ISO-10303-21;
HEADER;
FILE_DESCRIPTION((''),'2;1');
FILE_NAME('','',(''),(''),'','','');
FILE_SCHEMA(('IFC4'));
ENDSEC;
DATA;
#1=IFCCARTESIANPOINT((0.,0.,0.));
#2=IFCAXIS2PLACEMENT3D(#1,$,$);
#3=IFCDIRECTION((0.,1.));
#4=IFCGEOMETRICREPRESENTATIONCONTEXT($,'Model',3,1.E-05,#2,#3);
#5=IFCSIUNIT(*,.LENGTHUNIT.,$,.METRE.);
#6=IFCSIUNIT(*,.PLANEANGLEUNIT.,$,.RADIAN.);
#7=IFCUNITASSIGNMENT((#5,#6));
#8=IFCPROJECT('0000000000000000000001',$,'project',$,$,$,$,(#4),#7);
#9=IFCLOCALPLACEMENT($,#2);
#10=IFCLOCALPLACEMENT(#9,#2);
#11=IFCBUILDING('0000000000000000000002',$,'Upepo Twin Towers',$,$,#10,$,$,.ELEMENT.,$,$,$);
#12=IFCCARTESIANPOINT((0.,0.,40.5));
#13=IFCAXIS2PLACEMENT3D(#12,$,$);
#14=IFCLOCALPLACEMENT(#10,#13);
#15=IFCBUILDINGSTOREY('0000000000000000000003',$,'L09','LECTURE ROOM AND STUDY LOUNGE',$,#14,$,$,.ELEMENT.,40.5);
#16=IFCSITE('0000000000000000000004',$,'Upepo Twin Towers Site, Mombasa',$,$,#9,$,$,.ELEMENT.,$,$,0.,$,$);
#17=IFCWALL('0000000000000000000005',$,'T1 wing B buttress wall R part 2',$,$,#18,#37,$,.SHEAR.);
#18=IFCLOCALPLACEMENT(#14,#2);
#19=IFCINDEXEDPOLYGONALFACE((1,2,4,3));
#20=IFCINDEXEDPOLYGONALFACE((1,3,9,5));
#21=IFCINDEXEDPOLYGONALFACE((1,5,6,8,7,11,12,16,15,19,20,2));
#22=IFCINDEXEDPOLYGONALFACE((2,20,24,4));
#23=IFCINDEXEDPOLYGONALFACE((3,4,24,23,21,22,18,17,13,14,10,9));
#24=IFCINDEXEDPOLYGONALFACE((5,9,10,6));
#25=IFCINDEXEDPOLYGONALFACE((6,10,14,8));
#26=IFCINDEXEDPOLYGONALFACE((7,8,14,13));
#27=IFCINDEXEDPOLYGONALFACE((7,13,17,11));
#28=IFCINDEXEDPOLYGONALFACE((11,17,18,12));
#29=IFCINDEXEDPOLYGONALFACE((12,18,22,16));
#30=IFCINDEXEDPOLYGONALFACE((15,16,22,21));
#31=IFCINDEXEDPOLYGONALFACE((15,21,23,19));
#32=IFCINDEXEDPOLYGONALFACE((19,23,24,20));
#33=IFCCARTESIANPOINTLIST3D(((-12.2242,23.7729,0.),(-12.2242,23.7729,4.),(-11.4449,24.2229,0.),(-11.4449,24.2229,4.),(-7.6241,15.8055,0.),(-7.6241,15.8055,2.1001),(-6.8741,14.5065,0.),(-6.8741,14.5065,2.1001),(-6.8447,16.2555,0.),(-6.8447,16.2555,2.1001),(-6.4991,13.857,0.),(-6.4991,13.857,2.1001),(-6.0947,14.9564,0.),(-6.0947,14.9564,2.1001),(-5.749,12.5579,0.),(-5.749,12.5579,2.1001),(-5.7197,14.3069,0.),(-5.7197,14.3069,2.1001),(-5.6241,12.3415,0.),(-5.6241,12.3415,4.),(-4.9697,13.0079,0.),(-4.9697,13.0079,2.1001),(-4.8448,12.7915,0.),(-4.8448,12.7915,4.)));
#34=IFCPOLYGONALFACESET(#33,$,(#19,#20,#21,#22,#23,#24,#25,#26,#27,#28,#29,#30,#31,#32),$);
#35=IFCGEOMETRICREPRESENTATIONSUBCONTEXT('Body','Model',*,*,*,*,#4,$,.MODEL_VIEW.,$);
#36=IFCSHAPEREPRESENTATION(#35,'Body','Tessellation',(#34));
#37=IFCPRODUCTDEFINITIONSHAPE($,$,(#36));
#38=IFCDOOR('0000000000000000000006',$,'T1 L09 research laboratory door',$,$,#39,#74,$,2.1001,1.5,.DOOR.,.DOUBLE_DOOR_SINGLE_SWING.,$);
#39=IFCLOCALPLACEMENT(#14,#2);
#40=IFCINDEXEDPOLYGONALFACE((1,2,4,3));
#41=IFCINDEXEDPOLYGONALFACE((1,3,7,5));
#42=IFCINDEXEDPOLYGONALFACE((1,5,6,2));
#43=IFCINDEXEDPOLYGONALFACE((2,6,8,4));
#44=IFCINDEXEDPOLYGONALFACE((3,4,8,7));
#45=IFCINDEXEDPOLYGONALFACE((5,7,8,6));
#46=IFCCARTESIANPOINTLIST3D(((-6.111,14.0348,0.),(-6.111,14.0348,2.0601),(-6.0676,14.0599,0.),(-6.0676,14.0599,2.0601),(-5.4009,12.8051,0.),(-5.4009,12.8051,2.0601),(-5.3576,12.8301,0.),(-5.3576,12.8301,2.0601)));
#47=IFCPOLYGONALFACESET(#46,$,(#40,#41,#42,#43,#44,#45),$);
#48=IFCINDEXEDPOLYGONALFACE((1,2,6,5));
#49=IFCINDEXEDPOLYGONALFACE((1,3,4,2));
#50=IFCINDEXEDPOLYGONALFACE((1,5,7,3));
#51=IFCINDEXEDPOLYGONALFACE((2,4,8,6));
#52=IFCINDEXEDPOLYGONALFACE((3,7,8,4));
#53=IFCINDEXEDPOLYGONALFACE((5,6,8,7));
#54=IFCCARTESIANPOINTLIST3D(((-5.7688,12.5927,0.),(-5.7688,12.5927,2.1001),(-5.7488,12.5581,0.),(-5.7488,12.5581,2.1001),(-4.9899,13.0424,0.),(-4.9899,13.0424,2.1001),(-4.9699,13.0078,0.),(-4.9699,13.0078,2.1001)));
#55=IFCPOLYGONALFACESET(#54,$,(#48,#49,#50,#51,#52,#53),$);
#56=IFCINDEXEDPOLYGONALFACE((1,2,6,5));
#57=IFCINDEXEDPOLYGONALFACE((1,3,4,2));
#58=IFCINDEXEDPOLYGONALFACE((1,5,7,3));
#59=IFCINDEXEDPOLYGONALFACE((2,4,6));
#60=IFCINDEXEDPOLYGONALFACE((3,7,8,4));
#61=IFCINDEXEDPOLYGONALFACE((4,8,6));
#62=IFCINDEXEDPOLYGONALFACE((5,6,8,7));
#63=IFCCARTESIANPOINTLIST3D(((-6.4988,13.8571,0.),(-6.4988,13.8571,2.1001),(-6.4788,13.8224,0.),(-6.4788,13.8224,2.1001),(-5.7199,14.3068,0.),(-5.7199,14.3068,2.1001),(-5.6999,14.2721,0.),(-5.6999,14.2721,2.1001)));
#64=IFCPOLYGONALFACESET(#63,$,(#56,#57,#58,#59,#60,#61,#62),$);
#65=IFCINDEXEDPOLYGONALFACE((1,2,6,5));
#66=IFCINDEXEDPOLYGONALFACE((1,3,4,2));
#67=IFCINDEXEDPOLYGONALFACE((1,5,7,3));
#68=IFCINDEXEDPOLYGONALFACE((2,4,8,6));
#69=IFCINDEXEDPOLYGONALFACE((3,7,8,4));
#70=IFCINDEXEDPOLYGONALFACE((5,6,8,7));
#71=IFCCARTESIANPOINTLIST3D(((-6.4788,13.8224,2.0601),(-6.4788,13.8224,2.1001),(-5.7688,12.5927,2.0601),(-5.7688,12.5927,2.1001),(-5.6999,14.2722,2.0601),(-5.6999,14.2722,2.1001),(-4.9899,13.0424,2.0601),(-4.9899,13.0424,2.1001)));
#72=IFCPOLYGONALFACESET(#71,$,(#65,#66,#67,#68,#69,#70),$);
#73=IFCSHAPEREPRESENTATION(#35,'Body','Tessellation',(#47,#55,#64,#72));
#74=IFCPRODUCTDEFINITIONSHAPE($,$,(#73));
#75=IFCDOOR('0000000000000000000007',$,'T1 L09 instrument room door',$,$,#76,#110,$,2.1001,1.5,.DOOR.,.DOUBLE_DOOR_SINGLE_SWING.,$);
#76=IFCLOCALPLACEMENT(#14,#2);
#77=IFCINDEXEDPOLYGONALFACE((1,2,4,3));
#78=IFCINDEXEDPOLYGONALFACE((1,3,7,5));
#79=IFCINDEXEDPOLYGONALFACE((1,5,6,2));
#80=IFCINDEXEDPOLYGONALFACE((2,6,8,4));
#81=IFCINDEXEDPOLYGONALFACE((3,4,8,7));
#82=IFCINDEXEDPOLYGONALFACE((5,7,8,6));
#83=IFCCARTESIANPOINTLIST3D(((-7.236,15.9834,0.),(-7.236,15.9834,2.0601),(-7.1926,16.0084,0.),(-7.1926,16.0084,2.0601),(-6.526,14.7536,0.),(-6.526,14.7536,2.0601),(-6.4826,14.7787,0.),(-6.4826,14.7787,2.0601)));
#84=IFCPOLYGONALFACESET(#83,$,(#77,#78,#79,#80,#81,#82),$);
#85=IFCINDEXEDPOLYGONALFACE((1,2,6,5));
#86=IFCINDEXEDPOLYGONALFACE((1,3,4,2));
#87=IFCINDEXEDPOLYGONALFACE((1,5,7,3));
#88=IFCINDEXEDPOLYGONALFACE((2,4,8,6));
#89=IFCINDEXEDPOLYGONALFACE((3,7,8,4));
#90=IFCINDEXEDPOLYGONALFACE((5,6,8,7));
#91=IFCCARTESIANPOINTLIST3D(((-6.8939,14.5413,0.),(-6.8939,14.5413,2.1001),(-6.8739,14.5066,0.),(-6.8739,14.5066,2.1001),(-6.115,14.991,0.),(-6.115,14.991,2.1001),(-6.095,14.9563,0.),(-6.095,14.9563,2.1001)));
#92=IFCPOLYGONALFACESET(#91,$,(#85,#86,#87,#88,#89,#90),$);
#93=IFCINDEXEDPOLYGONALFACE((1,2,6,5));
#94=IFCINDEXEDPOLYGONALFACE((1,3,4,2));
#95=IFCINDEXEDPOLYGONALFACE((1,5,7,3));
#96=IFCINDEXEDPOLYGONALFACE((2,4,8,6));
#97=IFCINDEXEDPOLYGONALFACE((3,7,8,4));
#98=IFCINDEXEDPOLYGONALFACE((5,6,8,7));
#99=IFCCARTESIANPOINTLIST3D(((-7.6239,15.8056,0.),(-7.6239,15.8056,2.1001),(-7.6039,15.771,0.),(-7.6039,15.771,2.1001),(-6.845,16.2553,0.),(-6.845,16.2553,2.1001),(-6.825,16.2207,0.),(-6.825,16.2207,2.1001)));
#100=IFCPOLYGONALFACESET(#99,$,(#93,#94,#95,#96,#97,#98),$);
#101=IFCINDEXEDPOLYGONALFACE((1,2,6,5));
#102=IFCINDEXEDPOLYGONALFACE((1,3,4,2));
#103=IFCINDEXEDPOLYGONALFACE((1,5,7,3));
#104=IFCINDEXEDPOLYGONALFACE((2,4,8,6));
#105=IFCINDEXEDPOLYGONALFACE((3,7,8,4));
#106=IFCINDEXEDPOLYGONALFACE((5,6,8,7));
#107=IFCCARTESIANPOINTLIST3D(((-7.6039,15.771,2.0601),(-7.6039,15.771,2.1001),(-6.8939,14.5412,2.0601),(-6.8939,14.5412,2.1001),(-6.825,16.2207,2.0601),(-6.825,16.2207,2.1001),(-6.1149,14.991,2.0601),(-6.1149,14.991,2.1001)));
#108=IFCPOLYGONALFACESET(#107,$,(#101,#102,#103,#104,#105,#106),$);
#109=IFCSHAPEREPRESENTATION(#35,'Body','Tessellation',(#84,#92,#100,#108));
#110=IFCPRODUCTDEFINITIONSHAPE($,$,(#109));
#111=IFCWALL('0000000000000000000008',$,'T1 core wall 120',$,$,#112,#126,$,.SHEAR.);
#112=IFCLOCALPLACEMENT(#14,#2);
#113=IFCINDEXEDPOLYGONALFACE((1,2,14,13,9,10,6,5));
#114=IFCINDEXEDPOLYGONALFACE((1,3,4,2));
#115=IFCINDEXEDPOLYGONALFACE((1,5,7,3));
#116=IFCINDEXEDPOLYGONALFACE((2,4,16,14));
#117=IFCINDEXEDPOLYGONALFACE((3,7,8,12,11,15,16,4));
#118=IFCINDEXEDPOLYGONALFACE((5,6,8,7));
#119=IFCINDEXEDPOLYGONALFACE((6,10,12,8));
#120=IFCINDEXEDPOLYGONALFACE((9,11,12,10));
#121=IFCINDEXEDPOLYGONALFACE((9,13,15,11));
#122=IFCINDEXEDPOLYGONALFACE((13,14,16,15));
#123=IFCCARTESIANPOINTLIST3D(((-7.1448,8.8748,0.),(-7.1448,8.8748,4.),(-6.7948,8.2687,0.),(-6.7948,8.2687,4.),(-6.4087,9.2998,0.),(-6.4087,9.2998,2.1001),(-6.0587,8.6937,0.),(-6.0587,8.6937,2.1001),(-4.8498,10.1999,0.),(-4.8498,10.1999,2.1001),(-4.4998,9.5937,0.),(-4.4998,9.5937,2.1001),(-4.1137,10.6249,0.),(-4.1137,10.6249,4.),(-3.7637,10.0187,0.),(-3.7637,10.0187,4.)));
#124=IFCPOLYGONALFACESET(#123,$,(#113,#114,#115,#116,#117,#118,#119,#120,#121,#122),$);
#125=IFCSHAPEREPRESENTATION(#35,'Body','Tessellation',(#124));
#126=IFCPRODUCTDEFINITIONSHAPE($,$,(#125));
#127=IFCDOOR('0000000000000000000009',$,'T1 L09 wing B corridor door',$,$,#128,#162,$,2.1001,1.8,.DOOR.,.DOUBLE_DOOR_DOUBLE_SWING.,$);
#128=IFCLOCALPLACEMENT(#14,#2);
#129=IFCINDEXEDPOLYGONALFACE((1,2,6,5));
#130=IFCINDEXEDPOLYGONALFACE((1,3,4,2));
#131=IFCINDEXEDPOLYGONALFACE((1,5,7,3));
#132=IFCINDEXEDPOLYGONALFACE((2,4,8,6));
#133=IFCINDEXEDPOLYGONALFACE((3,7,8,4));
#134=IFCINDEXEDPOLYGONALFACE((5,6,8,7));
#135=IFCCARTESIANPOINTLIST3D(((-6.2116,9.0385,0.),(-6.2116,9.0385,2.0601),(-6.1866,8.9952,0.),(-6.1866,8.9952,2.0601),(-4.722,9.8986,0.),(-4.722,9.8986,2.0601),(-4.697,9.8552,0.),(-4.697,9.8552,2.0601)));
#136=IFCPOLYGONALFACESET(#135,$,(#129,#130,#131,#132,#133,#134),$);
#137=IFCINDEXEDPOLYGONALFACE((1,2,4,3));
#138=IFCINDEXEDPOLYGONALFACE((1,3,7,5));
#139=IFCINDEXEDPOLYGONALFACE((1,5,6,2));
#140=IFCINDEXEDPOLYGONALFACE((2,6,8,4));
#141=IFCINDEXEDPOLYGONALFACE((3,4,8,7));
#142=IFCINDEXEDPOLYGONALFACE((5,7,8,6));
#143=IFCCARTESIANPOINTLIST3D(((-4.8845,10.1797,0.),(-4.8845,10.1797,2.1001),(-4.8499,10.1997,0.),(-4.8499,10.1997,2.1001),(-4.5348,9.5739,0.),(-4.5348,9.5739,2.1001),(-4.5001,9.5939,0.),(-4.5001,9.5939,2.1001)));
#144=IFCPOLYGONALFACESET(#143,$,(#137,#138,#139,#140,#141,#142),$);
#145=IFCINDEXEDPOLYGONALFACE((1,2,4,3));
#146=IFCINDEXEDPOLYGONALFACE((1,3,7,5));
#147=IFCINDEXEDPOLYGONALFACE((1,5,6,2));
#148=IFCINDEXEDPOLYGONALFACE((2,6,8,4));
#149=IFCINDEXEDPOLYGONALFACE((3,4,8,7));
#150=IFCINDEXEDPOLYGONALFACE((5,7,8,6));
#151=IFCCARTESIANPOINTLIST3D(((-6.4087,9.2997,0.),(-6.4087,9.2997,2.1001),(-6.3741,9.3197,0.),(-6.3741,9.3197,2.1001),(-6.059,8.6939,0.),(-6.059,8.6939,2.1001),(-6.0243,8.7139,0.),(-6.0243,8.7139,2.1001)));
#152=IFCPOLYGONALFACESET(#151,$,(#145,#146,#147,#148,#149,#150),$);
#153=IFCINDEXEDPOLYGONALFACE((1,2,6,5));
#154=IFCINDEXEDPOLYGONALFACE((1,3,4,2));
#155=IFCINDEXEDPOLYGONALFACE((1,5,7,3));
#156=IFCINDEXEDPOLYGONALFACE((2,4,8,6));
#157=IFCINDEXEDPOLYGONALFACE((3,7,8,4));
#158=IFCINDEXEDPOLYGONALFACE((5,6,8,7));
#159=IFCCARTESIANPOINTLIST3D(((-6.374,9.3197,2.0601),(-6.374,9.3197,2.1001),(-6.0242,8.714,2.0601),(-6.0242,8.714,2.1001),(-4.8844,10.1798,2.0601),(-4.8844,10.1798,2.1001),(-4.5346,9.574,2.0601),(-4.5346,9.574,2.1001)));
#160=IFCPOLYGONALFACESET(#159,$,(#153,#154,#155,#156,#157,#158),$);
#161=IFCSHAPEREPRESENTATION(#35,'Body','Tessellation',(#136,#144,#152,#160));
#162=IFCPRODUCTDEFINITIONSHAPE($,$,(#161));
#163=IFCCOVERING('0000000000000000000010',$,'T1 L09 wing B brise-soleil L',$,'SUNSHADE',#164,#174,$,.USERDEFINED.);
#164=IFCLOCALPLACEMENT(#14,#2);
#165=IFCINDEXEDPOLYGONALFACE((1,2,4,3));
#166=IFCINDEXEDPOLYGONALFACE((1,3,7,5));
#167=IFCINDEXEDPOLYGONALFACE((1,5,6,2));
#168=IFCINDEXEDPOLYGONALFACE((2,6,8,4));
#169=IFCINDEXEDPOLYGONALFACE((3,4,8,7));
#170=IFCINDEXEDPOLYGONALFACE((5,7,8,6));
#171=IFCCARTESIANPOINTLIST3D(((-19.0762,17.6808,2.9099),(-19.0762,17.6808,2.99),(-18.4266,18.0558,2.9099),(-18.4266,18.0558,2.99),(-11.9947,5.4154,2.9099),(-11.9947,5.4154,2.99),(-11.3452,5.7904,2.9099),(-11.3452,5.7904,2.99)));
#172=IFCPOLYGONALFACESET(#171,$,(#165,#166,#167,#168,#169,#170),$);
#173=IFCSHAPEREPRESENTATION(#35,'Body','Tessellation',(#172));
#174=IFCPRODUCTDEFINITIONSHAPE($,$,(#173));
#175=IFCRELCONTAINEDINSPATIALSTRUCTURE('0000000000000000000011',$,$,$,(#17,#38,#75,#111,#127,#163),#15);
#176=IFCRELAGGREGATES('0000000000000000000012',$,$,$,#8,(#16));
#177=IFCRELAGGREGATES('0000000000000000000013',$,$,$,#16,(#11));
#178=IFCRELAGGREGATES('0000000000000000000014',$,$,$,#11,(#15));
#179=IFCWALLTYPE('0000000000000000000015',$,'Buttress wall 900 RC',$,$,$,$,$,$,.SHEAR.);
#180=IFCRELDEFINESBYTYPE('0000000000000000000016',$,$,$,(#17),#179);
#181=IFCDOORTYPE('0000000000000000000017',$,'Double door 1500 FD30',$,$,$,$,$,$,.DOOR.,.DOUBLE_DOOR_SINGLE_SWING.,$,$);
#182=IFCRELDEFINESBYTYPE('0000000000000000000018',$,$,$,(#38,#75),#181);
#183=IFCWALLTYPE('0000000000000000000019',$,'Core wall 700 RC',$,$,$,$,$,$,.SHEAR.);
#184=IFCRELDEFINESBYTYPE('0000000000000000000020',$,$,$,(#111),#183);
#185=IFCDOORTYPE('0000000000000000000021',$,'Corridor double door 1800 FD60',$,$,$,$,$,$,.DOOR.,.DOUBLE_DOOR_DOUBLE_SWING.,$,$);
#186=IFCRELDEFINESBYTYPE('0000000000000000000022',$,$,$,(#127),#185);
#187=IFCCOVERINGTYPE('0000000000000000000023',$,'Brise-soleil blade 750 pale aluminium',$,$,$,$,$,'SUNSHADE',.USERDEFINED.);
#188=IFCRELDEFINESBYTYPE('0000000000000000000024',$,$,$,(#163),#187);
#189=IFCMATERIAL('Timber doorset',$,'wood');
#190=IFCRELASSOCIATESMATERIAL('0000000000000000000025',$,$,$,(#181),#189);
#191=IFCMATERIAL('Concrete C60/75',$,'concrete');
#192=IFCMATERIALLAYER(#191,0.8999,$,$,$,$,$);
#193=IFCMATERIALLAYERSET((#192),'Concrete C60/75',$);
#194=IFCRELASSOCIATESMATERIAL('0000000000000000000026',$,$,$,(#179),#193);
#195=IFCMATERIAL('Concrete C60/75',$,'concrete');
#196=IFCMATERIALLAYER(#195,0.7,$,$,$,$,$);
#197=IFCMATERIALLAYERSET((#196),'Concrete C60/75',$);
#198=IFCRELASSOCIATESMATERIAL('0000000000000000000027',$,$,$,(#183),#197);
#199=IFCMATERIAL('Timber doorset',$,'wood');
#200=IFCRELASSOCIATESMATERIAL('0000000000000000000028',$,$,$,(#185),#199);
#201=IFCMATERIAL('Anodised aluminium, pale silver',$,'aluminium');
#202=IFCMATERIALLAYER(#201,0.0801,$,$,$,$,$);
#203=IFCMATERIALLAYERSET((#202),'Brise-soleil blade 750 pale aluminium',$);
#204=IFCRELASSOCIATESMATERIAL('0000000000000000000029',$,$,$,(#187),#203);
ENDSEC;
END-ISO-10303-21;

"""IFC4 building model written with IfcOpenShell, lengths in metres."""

from ifc_helpers import new_model, si_unit, direction, frame, frame_2d, origin, origin_2d, place, context, subcontext, project, spatial, rectangle, extrude, material, layer, layer_set, type_object, element, fill, save


model = new_model("IFC4")

# Units and contexts
model_context = context("Model", 3, precision=1e-05, world=origin(), true_north=direction((0.0, 1.0)))
body_context = subcontext(model_context, "Body", "Model", "MODEL_VIEW")
ifc_project = project(units=[si_unit("LENGTHUNIT", "METRE"), si_unit("PLANEANGLEUNIT", "RADIAN")], contexts=[model_context])

# Site, building, storey
site_placement = place(None, origin())
site = spatial("IfcSite", under=ifc_project, at=site_placement, Name="Upepo Twin Towers Site, Mombasa", CompositionType="ELEMENT", RefElevation=0.0)
building_placement = place(site_placement, origin())
building = spatial("IfcBuilding", under=site, at=building_placement, Name="Upepo Twin Towers", CompositionType="ELEMENT")
storey_placement = place(building_placement, frame((0.0, 0.0, 40.5)))
storey = spatial("IfcBuildingStorey", under=building, at=storey_placement, Name="L09", Description="LECTURE ROOM AND STUDY LOUNGE", CompositionType="ELEMENT", Elevation=40.5)

# Shared definitions
ifc_material_1 = material(Name="Timber doorset", Category="wood")
door_type_1 = type_object("IfcDoorType", Name="Double door 1500 FD30", OperationType="DOUBLE_DOOR_SINGLE_SWING", PredefinedType="DOOR", material=ifc_material_1)

# Wall, openings, doors
ifc_material_2 = material(Name="Concrete C60/75", Category="concrete")
ifc_layer_1 = layer(ifc_material_2, 0.8999)
ifc_layer_set_1 = layer_set([ifc_layer_1], Name="Concrete C60/75")
wall_type_1 = type_object("IfcWallType", Name="Buttress wall 900 RC", PredefinedType="SHEAR", material=ifc_layer_set_1)
wall_1_placement = place(storey_placement, frame((-5.2344, 12.5664, 0.0), z_axis=(0.0, 0.0, 1.0), x_axis=(-0.50001, 0.86602, 0.0)))
wall_1 = element("IfcWall", 1, at=wall_1_placement, inside=storey, type_object=wall_type_1, Name="T1 wing B buttress wall R part 2", PredefinedType="SHEAR", context=body_context, shape_type="SweptSolid", body=[
    extrude(rectangle(XDim=13.2, YDim=0.8999, at=frame_2d((6.6001, 0.0))), origin(), (0.0, 0.0, 1.0), 4.0),
])
opening_1_placement = place(wall_1_placement, frame((0.25, 0.0, 0.0)))
opening_1 = element("IfcOpeningElement", 2, at=opening_1_placement, cuts=wall_1, PredefinedType="OPENING", context=body_context, shape_type="SweptSolid", body=[
    extrude(rectangle(XDim=1.5, YDim=2.1001, at=frame_2d((0.75, 1.05))), frame((0.0, 0.46, 0.0), z_axis=(0.0, -1.0, 0.0), x_axis=(1.0, 0.0, 0.0)), (0.0, 0.0, 1.0), 0.9199),
])
opening_2_placement = place(wall_1_placement, frame((2.5, 0.0, 0.0)))
opening_2 = element("IfcOpeningElement", 3, at=opening_2_placement, cuts=wall_1, PredefinedType="OPENING", context=body_context, shape_type="SweptSolid", body=[
    extrude(rectangle(XDim=1.5, YDim=2.1001, at=frame_2d((0.75, 1.05))), frame((0.0, 0.46, 0.0), z_axis=(0.0, -1.0, 0.0), x_axis=(1.0, 0.0, 0.0)), (0.0, 0.0, 1.0), 0.9199),
])
door_1_placement = place(opening_1_placement, origin())
door_1 = element("IfcDoor", 4, at=door_1_placement, inside=storey, type_object=door_type_1, Name="T1 L09 research laboratory door", OperationType="DOUBLE_DOOR_SINGLE_SWING", OverallHeight=2.1001, OverallWidth=1.5, PredefinedType="DOOR", context=body_context, shape_type="SweptSolid", body=[
    extrude(rectangle(XDim=1.42, YDim=2.0601, at=frame_2d((0.75, 1.03))), frame((0.0, 0.0249, 0.0), z_axis=(0.0, -1.0, 0.0), x_axis=(1.0, 0.0, 0.0)), (0.0, 0.0, 1.0), 0.05),
    extrude(rectangle(XDim=0.04, YDim=2.1001, at=frame_2d((0.02, 1.05))), frame((0.0, 0.4497, 0.0), z_axis=(0.0, -1.0, 0.0), x_axis=(1.0, 0.0, 0.0)), (0.0, 0.0, 1.0), 0.8994),
    extrude(rectangle(XDim=0.04, YDim=2.1001, at=frame_2d((1.48, 1.05))), frame((0.0, 0.4497, 0.0), z_axis=(0.0, -1.0, 0.0), x_axis=(1.0, 0.0, 0.0)), (0.0, 0.0, 1.0), 0.8994),
    extrude(rectangle(XDim=1.42, YDim=0.04, at=frame_2d((0.75, 2.0801))), frame((0.0, 0.4497, 0.0), z_axis=(0.0, -1.0, 0.0), x_axis=(1.0, 0.0, 0.0)), (0.0, 0.0, 1.0), 0.8994),
])
fill(opening_1, door_1)
door_2_placement = place(opening_2_placement, origin())
door_2 = element("IfcDoor", 5, at=door_2_placement, inside=storey, type_object=door_type_1, Name="T1 L09 instrument room door", OperationType="DOUBLE_DOOR_SINGLE_SWING", OverallHeight=2.1001, OverallWidth=1.5, PredefinedType="DOOR", context=body_context, shape_type="SweptSolid", body=[
    extrude(rectangle(XDim=1.42, YDim=2.0601, at=frame_2d((0.75, 1.03))), frame((0.0, 0.0249, 0.0), z_axis=(0.0, -1.0, 0.0), x_axis=(1.0, 0.0, 0.0)), (0.0, 0.0, 1.0), 0.05),
    extrude(rectangle(XDim=0.04, YDim=2.1001, at=frame_2d((0.02, 1.05))), frame((0.0, 0.4497, 0.0), z_axis=(0.0, -1.0, 0.0), x_axis=(1.0, 0.0, 0.0)), (0.0, 0.0, 1.0), 0.8994),
    extrude(rectangle(XDim=0.04, YDim=2.1001, at=frame_2d((1.48, 1.05))), frame((0.0, 0.4497, 0.0), z_axis=(0.0, -1.0, 0.0), x_axis=(1.0, 0.0, 0.0)), (0.0, 0.0, 1.0), 0.8994),
    extrude(rectangle(XDim=1.42, YDim=0.04, at=frame_2d((0.75, 2.0801))), frame((0.0, 0.4497, 0.0), z_axis=(0.0, -1.0, 0.0), x_axis=(1.0, 0.0, 0.0)), (0.0, 0.0, 1.0), 0.8994),
])
fill(opening_2, door_2)

# Wall, opening, door
ifc_material_3 = material(Name="Concrete C60/75", Category="concrete")
ifc_layer_2 = layer(ifc_material_3, 0.7)
ifc_layer_set_2 = layer_set([ifc_layer_2], Name="Concrete C60/75")
wall_type_2 = type_object("IfcWallType", Name="Core wall 700 RC", PredefinedType="SHEAR", material=ifc_layer_set_2)
wall_2_placement = place(storey_placement, frame((-3.9387, 10.3218, 0.0), z_axis=(0.0, 0.0, 1.0), x_axis=(-0.866019, -0.50001, 0.0)))
wall_2 = element("IfcWall", 6, at=wall_2_placement, inside=storey, type_object=wall_type_2, Name="T1 core wall 120", PredefinedType="SHEAR", context=body_context, shape_type="SweptSolid", body=[
    extrude(rectangle(XDim=3.5, YDim=0.7, at=frame_2d((1.75, 0.0))), origin(), (0.0, 0.0, 1.0), 4.0),
])
opening_3_placement = place(wall_2_placement, frame((0.8501, 0.0, 0.0)))
opening_3 = element("IfcOpeningElement", 7, at=opening_3_placement, cuts=wall_2, PredefinedType="OPENING", context=body_context, shape_type="SweptSolid", body=[
    extrude(rectangle(XDim=1.8, YDim=2.1001, at=frame_2d((0.8999, 1.05))), frame((0.0, 0.3599, 0.0), z_axis=(0.0, -1.0, 0.0), x_axis=(1.0, 0.0, 0.0)), (0.0, 0.0, 1.0), 0.72),
])
ifc_material_4 = material(Name="Timber doorset", Category="wood")
door_type_2 = type_object("IfcDoorType", Name="Corridor double door 1800 FD60", OperationType="DOUBLE_DOOR_DOUBLE_SWING", PredefinedType="DOOR", material=ifc_material_4)
door_3_placement = place(opening_3_placement, origin())
door_3 = element("IfcDoor", 8, at=door_3_placement, inside=storey, type_object=door_type_2, Name="T1 L09 wing B corridor door", OperationType="DOUBLE_DOOR_DOUBLE_SWING", OverallHeight=2.1001, OverallWidth=1.8, PredefinedType="DOOR", context=body_context, shape_type="SweptSolid", body=[
    extrude(rectangle(XDim=1.72, YDim=2.0601, at=frame_2d((0.8999, 1.03))), frame((0.0, 0.0249, 0.0), z_axis=(0.0, -1.0, 0.0), x_axis=(1.0, 0.0, 0.0)), (0.0, 0.0, 1.0), 0.05),
    extrude(rectangle(XDim=0.04, YDim=2.1001, at=frame_2d((0.02, 1.05))), frame((0.0, 0.3496, 0.0), z_axis=(0.0, -1.0, 0.0), x_axis=(1.0, 0.0, 0.0)), (0.0, 0.0, 1.0), 0.6995),
    extrude(rectangle(XDim=0.04, YDim=2.1001, at=frame_2d((1.78, 1.05))), frame((0.0, 0.3496, 0.0), z_axis=(0.0, -1.0, 0.0), x_axis=(1.0, 0.0, 0.0)), (0.0, 0.0, 1.0), 0.6995),
    extrude(rectangle(XDim=1.72, YDim=0.04, at=frame_2d((0.8999, 2.0801))), frame((0.0, 0.3496, 0.0), z_axis=(0.0, -1.0, 0.0), x_axis=(1.0, 0.0, 0.0)), (0.0, 0.0, 1.0), 0.6995),
])
fill(opening_3, door_3)

# Covering
ifc_material_5 = material(Name="Anodised aluminium, pale silver", Category="aluminium")
ifc_layer_3 = layer(ifc_material_5, 0.0801)
ifc_layer_set_3 = layer_set([ifc_layer_3], Name="Brise-soleil blade 750 pale aluminium")
covering_type = type_object("IfcCoveringType", Name="Brise-soleil blade 750 pale aluminium", ElementType="SUNSHADE", PredefinedType="USERDEFINED", material=ifc_layer_set_3)
covering_placement = place(storey_placement, frame((-15.2107, 11.7356, 2.9099), z_axis=(0.0, 0.0, 1.0), x_axis=(-0.5, 0.866025, 0.0)))
element("IfcCovering", 9, at=covering_placement, inside=storey, type_object=covering_type, Name="T1 L09 wing B brise-soleil L", ObjectType="SUNSHADE", PredefinedType="USERDEFINED", context=body_context, shape_type="SweptSolid", body=[
    extrude(rectangle(XDim=14.1628, YDim=0.75, at=origin_2d()), origin(), (0.0, 0.0, 1.0), 0.0801),
])

save(model, "model.ifc")
